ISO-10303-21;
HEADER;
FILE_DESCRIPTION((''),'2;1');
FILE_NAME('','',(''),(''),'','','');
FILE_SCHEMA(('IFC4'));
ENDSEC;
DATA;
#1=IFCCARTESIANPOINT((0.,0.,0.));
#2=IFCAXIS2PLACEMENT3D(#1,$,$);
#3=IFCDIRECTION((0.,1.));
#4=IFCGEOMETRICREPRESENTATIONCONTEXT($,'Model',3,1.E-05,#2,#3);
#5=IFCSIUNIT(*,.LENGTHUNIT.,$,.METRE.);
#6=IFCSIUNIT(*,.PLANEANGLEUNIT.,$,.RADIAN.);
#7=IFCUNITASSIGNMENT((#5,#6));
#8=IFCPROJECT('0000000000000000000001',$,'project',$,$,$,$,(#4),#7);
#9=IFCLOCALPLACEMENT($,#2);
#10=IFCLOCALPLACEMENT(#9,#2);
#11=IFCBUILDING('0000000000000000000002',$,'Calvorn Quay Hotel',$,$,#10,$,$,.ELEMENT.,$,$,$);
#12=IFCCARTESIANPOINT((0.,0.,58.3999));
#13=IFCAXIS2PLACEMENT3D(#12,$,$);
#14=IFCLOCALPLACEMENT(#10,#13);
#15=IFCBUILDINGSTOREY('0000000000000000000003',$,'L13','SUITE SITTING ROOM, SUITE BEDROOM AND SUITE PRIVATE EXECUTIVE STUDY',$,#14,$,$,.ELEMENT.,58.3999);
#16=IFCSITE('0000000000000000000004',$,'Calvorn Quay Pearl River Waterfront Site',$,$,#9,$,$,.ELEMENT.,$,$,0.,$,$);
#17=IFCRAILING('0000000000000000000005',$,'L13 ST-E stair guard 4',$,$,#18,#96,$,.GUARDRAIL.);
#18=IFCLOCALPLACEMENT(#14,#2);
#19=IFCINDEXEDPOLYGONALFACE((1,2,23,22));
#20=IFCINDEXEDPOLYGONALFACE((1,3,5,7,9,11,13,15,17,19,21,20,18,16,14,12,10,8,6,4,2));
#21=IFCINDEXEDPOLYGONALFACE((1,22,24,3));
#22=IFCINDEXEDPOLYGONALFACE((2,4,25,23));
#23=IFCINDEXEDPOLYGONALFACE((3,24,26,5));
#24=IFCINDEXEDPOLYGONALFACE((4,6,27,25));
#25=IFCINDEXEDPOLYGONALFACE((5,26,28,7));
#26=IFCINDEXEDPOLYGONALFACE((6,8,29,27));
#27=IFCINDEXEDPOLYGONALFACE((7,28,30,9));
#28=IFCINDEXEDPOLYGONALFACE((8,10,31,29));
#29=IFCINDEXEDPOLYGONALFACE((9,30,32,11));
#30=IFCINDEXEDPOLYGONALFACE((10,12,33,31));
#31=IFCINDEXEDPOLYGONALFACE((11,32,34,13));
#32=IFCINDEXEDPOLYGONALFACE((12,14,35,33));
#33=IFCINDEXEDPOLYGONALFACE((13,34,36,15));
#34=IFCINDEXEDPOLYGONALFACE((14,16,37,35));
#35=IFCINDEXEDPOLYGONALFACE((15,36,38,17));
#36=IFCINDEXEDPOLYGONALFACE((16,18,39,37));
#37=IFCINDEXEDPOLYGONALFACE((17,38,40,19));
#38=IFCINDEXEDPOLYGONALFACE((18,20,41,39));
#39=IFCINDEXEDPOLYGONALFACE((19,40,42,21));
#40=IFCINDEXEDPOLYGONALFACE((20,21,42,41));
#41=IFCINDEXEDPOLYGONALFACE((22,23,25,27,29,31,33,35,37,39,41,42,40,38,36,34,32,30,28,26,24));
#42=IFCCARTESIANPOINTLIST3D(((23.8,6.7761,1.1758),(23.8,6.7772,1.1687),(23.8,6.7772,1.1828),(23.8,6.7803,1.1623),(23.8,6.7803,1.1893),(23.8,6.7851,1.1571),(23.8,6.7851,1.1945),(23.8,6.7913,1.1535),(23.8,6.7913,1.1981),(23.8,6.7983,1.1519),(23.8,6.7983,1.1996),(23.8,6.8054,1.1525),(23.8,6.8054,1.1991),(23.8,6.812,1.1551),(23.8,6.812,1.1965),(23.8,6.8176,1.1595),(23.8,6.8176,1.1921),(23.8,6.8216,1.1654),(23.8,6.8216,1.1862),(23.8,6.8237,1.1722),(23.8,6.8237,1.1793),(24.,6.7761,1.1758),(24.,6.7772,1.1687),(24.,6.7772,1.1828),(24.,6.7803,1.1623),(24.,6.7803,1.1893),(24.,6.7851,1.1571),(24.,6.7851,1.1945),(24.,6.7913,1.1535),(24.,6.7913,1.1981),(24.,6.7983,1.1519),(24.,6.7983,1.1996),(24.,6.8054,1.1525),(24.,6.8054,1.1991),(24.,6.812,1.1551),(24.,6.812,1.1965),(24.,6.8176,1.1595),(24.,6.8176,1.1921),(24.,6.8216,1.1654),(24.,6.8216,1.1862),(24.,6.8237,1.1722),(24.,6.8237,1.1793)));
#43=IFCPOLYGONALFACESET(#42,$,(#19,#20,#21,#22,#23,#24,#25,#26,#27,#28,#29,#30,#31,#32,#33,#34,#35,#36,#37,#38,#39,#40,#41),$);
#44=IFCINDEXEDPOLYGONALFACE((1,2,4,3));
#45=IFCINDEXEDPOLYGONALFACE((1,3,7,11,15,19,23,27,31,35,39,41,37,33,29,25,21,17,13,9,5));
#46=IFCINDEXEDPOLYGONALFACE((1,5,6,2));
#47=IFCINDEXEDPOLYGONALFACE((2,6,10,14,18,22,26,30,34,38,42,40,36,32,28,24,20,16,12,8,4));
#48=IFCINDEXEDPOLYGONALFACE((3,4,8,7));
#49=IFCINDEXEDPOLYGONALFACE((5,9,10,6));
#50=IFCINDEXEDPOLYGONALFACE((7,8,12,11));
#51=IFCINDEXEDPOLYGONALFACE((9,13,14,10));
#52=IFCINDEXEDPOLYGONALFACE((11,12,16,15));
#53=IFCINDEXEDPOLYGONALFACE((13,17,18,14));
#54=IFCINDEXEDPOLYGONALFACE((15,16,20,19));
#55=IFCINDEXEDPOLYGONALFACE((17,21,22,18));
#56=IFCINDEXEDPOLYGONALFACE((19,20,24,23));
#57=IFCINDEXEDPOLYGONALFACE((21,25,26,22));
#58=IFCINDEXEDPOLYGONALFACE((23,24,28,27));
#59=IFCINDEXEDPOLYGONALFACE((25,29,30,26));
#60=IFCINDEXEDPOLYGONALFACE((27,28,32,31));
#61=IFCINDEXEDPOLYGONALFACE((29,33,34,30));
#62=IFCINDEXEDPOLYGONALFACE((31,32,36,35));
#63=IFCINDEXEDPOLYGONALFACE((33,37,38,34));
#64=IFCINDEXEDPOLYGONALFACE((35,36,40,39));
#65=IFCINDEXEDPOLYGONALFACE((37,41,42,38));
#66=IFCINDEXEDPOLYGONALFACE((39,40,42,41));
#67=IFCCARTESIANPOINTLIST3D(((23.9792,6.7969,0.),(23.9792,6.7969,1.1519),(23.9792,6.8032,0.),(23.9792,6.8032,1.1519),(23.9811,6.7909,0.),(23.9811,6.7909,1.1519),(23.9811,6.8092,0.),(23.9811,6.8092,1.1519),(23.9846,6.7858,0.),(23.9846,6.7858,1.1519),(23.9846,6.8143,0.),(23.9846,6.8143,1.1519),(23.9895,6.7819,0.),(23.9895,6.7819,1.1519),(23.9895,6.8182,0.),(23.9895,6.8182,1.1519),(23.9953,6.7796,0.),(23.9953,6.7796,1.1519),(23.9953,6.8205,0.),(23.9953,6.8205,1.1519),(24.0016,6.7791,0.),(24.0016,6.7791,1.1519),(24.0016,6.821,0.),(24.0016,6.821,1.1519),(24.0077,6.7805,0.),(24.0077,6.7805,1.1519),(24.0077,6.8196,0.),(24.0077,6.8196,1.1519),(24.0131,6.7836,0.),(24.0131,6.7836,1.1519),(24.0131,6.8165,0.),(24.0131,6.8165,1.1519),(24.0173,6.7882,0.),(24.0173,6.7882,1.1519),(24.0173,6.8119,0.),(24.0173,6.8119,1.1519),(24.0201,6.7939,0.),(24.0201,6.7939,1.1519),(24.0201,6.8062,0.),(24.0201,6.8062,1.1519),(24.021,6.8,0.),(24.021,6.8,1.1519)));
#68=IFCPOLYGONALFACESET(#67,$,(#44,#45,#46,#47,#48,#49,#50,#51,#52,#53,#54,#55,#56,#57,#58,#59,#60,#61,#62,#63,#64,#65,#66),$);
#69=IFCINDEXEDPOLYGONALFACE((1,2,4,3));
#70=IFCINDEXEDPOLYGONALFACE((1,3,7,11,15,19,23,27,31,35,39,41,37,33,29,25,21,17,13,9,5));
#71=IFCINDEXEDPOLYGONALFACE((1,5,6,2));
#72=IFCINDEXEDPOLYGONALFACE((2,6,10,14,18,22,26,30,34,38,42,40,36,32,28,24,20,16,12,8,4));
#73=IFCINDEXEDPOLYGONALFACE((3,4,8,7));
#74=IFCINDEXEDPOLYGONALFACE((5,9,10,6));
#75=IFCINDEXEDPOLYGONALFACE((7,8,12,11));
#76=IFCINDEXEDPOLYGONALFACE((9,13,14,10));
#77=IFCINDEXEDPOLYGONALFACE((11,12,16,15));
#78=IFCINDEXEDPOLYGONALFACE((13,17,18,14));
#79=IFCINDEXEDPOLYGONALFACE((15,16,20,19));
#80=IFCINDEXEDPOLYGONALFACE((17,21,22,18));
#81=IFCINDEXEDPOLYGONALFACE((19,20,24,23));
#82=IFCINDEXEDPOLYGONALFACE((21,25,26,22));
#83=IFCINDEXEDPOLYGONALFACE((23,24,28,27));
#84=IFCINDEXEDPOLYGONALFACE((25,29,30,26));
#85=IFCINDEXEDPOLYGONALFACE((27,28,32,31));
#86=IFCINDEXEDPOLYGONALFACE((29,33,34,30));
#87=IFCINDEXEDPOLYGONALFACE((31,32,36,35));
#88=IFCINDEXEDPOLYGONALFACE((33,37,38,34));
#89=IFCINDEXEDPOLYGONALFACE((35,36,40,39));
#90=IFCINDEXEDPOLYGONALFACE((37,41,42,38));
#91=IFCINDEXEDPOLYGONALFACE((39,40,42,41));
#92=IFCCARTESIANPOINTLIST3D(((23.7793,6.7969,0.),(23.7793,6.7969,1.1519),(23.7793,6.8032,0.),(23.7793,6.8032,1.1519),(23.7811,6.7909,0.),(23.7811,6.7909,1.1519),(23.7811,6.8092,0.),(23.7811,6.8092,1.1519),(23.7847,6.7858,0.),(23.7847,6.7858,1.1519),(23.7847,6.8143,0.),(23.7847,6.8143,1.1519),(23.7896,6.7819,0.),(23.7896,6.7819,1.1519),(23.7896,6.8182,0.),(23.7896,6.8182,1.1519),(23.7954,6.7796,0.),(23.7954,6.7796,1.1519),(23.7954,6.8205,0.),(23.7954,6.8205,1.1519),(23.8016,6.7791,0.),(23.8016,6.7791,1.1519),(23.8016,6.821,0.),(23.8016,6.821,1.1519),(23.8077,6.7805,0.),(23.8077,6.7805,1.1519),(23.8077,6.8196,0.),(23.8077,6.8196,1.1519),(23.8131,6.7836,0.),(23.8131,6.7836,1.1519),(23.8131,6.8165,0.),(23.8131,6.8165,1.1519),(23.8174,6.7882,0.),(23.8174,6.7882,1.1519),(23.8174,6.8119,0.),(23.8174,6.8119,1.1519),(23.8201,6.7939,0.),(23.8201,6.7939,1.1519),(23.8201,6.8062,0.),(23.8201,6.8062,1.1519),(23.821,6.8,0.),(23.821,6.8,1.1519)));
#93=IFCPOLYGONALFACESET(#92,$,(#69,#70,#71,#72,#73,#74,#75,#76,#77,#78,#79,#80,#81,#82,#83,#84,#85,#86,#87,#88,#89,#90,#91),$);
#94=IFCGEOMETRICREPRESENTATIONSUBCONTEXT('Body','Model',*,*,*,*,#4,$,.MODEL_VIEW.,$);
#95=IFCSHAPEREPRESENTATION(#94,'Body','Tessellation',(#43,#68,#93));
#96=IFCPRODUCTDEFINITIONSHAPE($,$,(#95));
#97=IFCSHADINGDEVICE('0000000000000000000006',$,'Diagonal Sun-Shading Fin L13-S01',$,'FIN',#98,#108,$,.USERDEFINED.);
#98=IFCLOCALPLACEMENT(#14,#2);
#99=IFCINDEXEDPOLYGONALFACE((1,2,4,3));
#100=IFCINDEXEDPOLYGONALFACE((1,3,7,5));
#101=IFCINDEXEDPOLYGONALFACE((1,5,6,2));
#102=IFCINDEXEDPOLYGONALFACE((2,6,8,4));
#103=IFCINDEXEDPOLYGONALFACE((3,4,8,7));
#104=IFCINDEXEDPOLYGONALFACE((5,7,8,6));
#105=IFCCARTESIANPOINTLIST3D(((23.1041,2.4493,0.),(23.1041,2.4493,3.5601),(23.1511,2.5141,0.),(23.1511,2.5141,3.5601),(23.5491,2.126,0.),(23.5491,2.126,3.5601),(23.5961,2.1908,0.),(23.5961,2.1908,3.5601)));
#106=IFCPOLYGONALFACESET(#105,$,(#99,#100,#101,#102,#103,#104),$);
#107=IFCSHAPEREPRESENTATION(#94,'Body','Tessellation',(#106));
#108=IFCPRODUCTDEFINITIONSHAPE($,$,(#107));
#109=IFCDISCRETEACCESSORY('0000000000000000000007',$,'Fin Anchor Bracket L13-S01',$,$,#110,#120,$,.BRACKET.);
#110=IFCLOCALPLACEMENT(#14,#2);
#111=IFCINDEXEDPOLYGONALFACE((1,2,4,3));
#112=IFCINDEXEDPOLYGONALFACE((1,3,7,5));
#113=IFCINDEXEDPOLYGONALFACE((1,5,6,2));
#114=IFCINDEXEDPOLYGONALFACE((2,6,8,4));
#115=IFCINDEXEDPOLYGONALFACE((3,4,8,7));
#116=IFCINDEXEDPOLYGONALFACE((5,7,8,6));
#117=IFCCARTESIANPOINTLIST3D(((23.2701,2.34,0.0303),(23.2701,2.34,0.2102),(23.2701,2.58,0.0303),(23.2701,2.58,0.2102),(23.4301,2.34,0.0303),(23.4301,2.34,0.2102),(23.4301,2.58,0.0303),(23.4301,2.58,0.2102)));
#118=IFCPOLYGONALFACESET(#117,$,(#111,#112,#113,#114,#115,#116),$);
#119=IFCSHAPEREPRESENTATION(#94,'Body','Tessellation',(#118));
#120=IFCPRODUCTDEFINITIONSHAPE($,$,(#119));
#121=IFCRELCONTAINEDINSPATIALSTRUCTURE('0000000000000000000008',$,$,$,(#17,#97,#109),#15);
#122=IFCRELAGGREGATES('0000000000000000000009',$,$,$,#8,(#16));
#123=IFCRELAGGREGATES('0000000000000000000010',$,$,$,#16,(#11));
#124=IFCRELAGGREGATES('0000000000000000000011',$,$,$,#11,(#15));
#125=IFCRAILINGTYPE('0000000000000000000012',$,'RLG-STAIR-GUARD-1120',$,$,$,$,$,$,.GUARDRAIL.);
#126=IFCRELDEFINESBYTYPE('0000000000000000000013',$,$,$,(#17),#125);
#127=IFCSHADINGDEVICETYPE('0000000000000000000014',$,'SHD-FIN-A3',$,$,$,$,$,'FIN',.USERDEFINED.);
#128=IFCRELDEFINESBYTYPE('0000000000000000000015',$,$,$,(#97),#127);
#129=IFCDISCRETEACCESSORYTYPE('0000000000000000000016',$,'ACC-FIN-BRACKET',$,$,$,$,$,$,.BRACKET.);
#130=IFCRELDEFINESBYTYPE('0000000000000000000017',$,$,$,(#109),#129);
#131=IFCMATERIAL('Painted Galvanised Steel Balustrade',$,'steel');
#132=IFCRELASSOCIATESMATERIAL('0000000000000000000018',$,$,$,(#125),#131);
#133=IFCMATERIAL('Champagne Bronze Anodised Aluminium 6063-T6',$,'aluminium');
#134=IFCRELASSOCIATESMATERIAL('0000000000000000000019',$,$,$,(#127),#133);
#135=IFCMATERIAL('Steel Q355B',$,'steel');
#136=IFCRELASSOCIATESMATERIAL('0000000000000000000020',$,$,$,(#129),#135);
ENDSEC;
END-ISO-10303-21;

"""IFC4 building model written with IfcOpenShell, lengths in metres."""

from ifc_helpers import new_model, si_unit, direction, frame, origin, origin_2d, place, context, subcontext, project, spatial, rectangle, circle, extrude, material, type_object, element, save


model = new_model("IFC4")

# Units and contexts
model_context = context("Model", 3, precision=1e-05, world=origin(), true_north=direction((0.0, 1.0)))
body_context = subcontext(model_context, "Body", "Model", "MODEL_VIEW")
ifc_project = project(units=[si_unit("LENGTHUNIT", "METRE"), si_unit("PLANEANGLEUNIT", "RADIAN")], contexts=[model_context])

# Site, building, storey
site_placement = place(None, origin())
site = spatial("IfcSite", under=ifc_project, at=site_placement, Name="Calvorn Quay Pearl River Waterfront Site", CompositionType="ELEMENT", RefElevation=0.0)
building_placement = place(site_placement, origin())
building = spatial("IfcBuilding", under=site, at=building_placement, Name="Calvorn Quay Hotel", CompositionType="ELEMENT")
storey_placement = place(building_placement, frame((0.0, 0.0, 58.3999)))
storey = spatial("IfcBuildingStorey", under=building, at=storey_placement, Name="L13", Description="SUITE SITTING ROOM, SUITE BEDROOM AND SUITE PRIVATE EXECUTIVE STUDY", CompositionType="ELEMENT", Elevation=58.3999)

# Railing
ifc_material_1 = material(Name="Painted Galvanised Steel Balustrade", Category="steel")
railing_type_1 = type_object("IfcRailingType", Name="RLG-STAIR-GUARD-1120", PredefinedType="GUARDRAIL", material=ifc_material_1)
railing_1_placement = place(storey_placement, frame((24.0, 6.8, 0.0)))
element("IfcRailing", 1, at=railing_1_placement, inside=storey, type_object=railing_type_1, Name="L13 ST-E stair guard 4", PredefinedType="GUARDRAIL", context=body_context, shape_type="SweptSolid", body=[
    extrude(circle(Radius=0.0239, at=origin_2d()), frame((0.0, 0.0, 1.1758), z_axis=(-1.0, 0.0, 0.0), x_axis=(0.0, -1.0, 0.0)), (0.0, 0.0, 1.0), 0.2),
    extrude(circle(Radius=0.021, at=origin_2d()), origin(), (0.0, 0.0, 1.0), 1.1519),
    extrude(circle(Radius=0.021, at=origin_2d()), frame((-0.2, 0.0, 0.0)), (0.0, 0.0, 1.0), 1.1519),
])

# Shading device
ifc_material_2 = material(Name="Champagne Bronze Anodised Aluminium 6063-T6", Category="aluminium")
shading_device_type = type_object("IfcShadingDeviceType", Name="SHD-FIN-A3", ElementType="FIN", PredefinedType="USERDEFINED", material=ifc_material_2)
shading_device_placement = place(storey_placement, frame((23.3501, 2.3201, 0.0), z_axis=(0.0, 0.0, 1.0), x_axis=(-0.809017, 0.587785, 0.0)))
element("IfcShadingDevice", 2, at=shading_device_placement, inside=storey, type_object=shading_device_type, Name="Diagonal Sun-Shading Fin L13-S01", ObjectType="FIN", PredefinedType="USERDEFINED", context=body_context, shape_type="SweptSolid", body=[
    extrude(rectangle(XDim=0.55, YDim=0.0801, at=origin_2d()), origin(), (0.0, 0.0, 1.0), 3.5601),
])

# Discrete accessory
ifc_material_3 = material(Name="Steel Q355B", Category="steel")
discrete_accessory_type = type_object("IfcDiscreteAccessoryType", Name="ACC-FIN-BRACKET", PredefinedType="BRACKET", material=ifc_material_3)
discrete_accessory_placement = place(storey_placement, frame((23.3501, 2.46, 0.0303), z_axis=(0.0, 0.0, 1.0), x_axis=(0.0, 1.0, 0.0)))
element("IfcDiscreteAccessory", 3, at=discrete_accessory_placement, inside=storey, type_object=discrete_accessory_type, Name="Fin Anchor Bracket L13-S01", PredefinedType="BRACKET", context=body_context, shape_type="SweptSolid", body=[
    extrude(rectangle(XDim=0.24, YDim=0.1599, at=origin_2d()), origin(), (0.0, 0.0, 1.0), 0.1799),
])

save(model, "model.ifc")
